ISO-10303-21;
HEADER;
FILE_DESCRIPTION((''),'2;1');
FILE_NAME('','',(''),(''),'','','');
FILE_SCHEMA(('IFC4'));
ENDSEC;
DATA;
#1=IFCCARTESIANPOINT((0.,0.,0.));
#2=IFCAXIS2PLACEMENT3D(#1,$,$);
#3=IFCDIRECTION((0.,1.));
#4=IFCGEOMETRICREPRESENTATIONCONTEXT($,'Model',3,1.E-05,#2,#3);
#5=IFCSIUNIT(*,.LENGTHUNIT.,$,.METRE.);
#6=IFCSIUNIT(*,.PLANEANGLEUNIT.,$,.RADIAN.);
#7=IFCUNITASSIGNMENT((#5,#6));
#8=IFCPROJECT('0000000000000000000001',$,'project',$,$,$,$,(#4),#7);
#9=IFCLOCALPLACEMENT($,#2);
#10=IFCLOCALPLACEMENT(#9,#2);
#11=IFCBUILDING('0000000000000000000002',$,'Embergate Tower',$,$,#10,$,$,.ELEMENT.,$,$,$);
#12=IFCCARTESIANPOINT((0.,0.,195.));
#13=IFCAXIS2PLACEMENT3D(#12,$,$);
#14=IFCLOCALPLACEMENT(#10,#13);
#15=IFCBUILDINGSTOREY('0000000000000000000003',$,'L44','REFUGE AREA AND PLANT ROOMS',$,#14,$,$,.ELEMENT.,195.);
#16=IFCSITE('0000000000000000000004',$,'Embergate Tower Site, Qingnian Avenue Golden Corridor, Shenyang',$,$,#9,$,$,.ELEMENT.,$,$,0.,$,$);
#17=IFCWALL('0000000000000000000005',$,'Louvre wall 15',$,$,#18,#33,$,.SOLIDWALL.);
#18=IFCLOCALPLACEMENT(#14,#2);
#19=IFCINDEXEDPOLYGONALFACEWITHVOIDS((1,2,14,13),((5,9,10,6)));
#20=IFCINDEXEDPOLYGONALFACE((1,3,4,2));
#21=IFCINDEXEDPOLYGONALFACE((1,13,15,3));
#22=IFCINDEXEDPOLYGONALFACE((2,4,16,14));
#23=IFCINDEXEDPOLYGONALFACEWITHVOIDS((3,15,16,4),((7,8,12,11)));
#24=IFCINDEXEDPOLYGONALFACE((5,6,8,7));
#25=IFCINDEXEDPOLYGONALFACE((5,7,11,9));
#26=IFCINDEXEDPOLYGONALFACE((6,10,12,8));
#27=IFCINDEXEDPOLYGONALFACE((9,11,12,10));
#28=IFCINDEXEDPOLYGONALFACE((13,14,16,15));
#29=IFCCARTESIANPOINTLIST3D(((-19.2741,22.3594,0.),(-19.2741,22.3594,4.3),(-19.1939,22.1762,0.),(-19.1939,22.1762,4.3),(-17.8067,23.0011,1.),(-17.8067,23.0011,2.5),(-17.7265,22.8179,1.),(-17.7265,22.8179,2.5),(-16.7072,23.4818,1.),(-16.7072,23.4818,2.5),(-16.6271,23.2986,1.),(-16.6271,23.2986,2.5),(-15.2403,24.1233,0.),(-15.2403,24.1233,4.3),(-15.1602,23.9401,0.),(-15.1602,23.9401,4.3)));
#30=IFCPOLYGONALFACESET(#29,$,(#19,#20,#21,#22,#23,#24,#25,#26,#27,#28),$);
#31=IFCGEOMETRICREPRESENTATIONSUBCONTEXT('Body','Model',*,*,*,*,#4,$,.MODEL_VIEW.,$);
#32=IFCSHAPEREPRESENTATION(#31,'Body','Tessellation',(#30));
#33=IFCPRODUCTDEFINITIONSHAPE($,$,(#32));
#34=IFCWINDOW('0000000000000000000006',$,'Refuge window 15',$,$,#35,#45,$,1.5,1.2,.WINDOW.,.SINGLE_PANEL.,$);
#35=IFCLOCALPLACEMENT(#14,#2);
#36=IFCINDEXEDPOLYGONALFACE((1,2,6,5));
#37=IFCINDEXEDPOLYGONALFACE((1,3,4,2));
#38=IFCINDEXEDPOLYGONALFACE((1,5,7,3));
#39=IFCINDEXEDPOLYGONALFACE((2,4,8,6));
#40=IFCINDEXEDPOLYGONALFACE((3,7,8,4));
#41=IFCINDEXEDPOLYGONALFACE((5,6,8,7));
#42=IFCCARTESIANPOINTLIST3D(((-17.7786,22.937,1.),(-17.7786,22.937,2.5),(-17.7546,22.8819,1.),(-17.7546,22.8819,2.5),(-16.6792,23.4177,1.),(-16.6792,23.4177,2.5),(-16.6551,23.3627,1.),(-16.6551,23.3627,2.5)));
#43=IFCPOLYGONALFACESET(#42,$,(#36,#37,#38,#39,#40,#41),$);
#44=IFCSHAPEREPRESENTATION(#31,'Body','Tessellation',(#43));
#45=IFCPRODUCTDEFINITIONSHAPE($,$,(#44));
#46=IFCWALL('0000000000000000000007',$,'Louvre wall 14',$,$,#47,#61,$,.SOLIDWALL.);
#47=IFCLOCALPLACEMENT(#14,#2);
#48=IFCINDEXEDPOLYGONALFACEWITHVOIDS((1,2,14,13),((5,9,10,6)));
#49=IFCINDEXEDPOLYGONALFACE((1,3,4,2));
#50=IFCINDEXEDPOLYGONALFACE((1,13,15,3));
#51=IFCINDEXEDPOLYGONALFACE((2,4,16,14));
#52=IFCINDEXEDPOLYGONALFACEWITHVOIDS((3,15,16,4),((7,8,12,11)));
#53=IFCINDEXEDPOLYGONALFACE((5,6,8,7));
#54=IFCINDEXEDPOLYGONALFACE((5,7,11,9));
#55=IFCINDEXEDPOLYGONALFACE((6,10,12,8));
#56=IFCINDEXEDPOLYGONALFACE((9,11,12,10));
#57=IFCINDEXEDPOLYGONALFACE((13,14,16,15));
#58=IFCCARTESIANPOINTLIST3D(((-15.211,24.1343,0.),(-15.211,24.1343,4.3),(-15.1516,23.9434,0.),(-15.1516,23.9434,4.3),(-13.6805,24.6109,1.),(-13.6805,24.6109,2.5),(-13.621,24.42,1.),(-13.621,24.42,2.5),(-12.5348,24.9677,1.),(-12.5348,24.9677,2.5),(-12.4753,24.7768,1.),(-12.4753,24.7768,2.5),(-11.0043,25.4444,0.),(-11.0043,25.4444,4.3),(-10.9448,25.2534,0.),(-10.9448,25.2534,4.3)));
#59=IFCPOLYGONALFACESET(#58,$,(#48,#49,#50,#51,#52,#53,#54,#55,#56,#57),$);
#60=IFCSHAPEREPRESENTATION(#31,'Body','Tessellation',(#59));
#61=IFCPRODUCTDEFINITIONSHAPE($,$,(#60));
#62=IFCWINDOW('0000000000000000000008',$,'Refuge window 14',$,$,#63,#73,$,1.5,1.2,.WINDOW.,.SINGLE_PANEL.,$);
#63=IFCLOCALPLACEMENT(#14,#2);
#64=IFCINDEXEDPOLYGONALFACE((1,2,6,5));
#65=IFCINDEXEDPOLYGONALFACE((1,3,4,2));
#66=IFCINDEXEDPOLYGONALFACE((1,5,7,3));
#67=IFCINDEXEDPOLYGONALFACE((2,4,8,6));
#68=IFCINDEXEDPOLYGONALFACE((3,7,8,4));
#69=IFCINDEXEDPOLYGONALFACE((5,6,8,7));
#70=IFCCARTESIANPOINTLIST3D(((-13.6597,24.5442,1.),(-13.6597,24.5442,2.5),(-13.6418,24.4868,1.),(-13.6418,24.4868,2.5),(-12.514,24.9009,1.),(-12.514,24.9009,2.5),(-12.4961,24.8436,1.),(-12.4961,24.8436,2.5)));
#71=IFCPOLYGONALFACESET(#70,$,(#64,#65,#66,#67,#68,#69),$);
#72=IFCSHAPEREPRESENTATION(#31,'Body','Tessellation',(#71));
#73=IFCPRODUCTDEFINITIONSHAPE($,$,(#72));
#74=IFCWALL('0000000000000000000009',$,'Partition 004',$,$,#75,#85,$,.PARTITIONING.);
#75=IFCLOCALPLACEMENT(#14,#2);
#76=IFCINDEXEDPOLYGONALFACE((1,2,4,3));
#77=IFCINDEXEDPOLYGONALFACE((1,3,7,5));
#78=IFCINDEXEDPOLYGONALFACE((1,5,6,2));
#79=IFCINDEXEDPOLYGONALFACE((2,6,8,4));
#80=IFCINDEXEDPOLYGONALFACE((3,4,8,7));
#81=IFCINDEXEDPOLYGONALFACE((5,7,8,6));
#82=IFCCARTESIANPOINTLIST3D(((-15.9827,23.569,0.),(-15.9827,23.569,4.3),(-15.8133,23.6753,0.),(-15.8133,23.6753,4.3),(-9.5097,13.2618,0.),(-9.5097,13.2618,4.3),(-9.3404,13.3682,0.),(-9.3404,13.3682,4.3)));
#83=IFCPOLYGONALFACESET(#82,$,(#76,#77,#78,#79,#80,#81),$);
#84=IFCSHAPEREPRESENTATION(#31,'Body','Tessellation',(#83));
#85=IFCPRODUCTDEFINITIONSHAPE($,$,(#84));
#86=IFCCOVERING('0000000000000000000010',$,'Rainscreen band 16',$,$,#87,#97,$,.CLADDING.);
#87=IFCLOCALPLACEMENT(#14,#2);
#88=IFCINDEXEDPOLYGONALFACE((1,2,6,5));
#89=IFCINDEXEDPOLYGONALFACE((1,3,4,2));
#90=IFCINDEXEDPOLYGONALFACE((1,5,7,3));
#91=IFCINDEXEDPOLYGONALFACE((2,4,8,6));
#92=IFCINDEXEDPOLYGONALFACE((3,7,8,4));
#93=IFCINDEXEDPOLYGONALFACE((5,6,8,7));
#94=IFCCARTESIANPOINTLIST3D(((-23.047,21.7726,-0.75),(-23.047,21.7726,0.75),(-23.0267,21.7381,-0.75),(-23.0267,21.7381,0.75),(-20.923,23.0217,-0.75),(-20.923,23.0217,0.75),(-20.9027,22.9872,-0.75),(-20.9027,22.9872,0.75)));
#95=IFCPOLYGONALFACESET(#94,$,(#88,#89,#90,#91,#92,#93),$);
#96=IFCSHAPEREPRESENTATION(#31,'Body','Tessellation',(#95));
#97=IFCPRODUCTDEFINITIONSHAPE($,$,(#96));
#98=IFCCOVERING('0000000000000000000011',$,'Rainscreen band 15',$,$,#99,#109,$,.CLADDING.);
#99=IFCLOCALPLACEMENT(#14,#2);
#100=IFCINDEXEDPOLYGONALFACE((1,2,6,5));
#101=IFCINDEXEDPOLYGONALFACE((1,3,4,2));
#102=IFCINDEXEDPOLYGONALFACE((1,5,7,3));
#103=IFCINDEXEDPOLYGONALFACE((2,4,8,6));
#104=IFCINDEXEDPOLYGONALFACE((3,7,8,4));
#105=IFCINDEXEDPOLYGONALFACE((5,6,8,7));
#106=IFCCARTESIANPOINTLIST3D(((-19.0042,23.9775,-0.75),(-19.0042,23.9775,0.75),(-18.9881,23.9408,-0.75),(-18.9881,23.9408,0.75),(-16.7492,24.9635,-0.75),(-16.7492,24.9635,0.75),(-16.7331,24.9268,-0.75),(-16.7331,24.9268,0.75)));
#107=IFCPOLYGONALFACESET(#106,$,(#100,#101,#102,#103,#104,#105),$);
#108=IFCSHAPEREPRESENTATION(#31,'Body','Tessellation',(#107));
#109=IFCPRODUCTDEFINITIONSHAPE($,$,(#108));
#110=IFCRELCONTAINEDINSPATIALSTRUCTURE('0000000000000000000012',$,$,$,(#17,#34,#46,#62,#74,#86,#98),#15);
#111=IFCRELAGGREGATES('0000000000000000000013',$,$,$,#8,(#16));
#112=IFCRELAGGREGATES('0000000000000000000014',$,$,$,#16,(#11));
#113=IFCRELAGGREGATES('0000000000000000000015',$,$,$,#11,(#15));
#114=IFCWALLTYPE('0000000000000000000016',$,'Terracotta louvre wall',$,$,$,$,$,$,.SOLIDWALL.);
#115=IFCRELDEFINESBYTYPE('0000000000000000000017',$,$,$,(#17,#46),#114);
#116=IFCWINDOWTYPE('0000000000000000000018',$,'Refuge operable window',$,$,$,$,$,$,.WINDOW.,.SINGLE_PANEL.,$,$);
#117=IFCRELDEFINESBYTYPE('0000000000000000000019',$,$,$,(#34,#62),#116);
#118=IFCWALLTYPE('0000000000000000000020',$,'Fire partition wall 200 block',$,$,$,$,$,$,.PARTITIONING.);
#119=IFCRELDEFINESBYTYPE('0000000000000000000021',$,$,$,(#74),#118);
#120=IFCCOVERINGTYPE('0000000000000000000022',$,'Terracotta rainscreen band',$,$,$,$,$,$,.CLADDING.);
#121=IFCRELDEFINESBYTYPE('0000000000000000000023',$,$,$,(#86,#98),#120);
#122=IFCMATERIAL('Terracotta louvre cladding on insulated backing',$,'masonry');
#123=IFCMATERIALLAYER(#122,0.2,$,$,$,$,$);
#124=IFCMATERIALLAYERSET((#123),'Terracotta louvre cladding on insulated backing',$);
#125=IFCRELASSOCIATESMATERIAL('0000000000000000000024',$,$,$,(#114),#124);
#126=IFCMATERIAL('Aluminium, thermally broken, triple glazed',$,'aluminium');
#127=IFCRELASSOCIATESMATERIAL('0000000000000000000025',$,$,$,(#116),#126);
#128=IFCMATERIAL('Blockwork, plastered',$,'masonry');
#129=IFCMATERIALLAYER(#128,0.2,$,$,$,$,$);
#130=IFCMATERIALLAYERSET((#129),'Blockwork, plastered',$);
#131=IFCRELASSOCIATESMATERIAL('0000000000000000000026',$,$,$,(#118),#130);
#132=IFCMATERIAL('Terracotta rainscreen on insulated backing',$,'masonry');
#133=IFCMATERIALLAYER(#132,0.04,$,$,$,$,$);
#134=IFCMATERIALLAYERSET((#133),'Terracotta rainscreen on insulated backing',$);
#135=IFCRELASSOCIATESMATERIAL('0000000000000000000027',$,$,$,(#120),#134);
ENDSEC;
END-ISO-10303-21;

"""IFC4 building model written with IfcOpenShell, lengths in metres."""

from ifc_helpers import new_model, si_unit, direction, frame, frame_2d, origin, origin_2d, place, context, subcontext, project, spatial, rectangle, extrude, source, transform, mapped, material, layer, layer_set, type_object, element, fill, save


model = new_model("IFC4")

# Units and contexts
model_context = context("Model", 3, precision=1e-05, world=origin(), true_north=direction((0.0, 1.0)))
body_context = subcontext(model_context, "Body", "Model", "MODEL_VIEW")
ifc_project = project(units=[si_unit("LENGTHUNIT", "METRE"), si_unit("PLANEANGLEUNIT", "RADIAN")], contexts=[model_context])

# Site, building, storey
site_placement = place(None, origin())
site = spatial("IfcSite", under=ifc_project, at=site_placement, Name="Embergate Tower Site, Qingnian Avenue Golden Corridor, Shenyang", CompositionType="ELEMENT", RefElevation=0.0)
building_placement = place(site_placement, origin())
building = spatial("IfcBuilding", under=site, at=building_placement, Name="Embergate Tower", CompositionType="ELEMENT")
storey_placement = place(building_placement, frame((0.0, 0.0, 195.0)))
storey = spatial("IfcBuildingStorey", under=building, at=storey_placement, Name="L44", Description="REFUGE AREA AND PLANT ROOMS", CompositionType="ELEMENT", Elevation=195.0)

# Walls, openings, windows
ifc_material_1 = material(Name="Terracotta louvre cladding on insulated backing", Category="masonry")
ifc_layer_1 = layer(ifc_material_1, 0.2)
ifc_layer_set_1 = layer_set([ifc_layer_1], Name="Terracotta louvre cladding on insulated backing")
wall_type_1 = type_object("IfcWallType", Name="Terracotta louvre wall", PredefinedType="SOLIDWALL", material=ifc_layer_set_1)
shared_shape_1 = source(origin(), body_context, "Body", "SweptSolid", [
    extrude(rectangle(XDim=1.2, YDim=1.5, at=frame_2d((0.6001, 0.75))), frame((0.0, 0.1099, 0.0), z_axis=(0.0, -1.0, 0.0), x_axis=(1.0, 0.0, 0.0)), (0.0, 0.0, 1.0), 0.22),
])
ifc_material_2 = material(Name="Aluminium, thermally broken, triple glazed", Category="aluminium")
window_type = type_object("IfcWindowType", Name="Refuge operable window", PartitioningType="SINGLE_PANEL", PredefinedType="WINDOW", material=ifc_material_2)
shared_shape_2 = source(origin(), body_context, "Body", "SweptSolid", [
    extrude(rectangle(XDim=1.2, YDim=1.5, at=frame_2d((0.6001, 0.75))), frame((0.0, 0.03, 0.0), z_axis=(0.0, -1.0, 0.0), x_axis=(1.0, 0.0, 0.0)), (0.0, 0.0, 1.0), 0.0601),
])
shared_shape_3 = source(origin(), body_context, "Body", "SweptSolid", [
    extrude(rectangle(XDim=4.4026, YDim=0.2, at=frame_2d((2.2012, 0.0))), origin(), (0.0, 0.0, 1.0), 4.3),
])
wall_1_placement = place(storey_placement, frame((-19.2339, 22.2678, 0.0), z_axis=(0.0, 0.0, 1.0), x_axis=(0.916226, 0.400662, 0.0)))
wall_1 = element("IfcWall", 1, at=wall_1_placement, inside=storey, type_object=wall_type_1, Name="Louvre wall 15", PredefinedType="SOLIDWALL", context=body_context, shape_type="MappedRepresentation", body=[
    mapped(shared_shape_3, transform((0.0, 0.0, 0.0))),
])
opening_1_placement = place(wall_1_placement, frame((1.6013, 0.0, 1.0)))
opening_1 = element("IfcOpeningElement", 2, at=opening_1_placement, cuts=wall_1, PredefinedType="OPENING", context=body_context, shape_type="MappedRepresentation", body=[
    mapped(shared_shape_1, transform((0.0, 0.0, 0.0))),
])
window_1_placement = place(opening_1_placement, origin())
window_1 = element("IfcWindow", 3, at=window_1_placement, inside=storey, type_object=window_type, Name="Refuge window 15", OverallHeight=1.5, OverallWidth=1.2, PartitioningType="SINGLE_PANEL", PredefinedType="WINDOW", context=body_context, shape_type="MappedRepresentation", body=[
    mapped(shared_shape_2, transform((0.0, 0.0, 0.0))),
])
fill(opening_1, window_1)
shared_shape_4 = source(origin(), body_context, "Body", "SweptSolid", [
    extrude(rectangle(XDim=4.406, YDim=0.2, at=frame_2d((2.2031, 0.0))), origin(), (0.0, 0.0, 1.0), 4.3),
])
wall_2_placement = place(storey_placement, frame((-15.1814, 24.0388, 0.0), z_axis=(0.0, 0.0, 1.0), x_axis=(0.954774, 0.297331, 0.0)))
wall_2 = element("IfcWall", 4, at=wall_2_placement, inside=storey, type_object=wall_type_1, Name="Louvre wall 14", PredefinedType="SOLIDWALL", context=body_context, shape_type="MappedRepresentation", body=[
    mapped(shared_shape_4, transform((0.0, 0.0, 0.0))),
])
opening_2_placement = place(wall_2_placement, frame((1.603, 0.0, 1.0)))
opening_2 = element("IfcOpeningElement", 5, at=opening_2_placement, cuts=wall_2, PredefinedType="OPENING", context=body_context, shape_type="MappedRepresentation", body=[
    mapped(shared_shape_1, transform((0.0, 0.0, 0.0))),
])
window_2_placement = place(opening_2_placement, origin())
window_2 = element("IfcWindow", 6, at=window_2_placement, inside=storey, type_object=window_type, Name="Refuge window 14", OverallHeight=1.5, OverallWidth=1.2, PartitioningType="SINGLE_PANEL", PredefinedType="WINDOW", context=body_context, shape_type="MappedRepresentation", body=[
    mapped(shared_shape_2, transform((0.0, 0.0, 0.0))),
])
fill(opening_2, window_2)

# Wall
ifc_material_3 = material(Name="Blockwork, plastered", Category="masonry")
ifc_layer_2 = layer(ifc_material_3, 0.2)
ifc_layer_set_2 = layer_set([ifc_layer_2], Name="Blockwork, plastered")
wall_type_2 = type_object("IfcWallType", Name="Fire partition wall 200 block", PredefinedType="PARTITIONING", material=ifc_layer_set_2)
shared_shape_5 = source(origin(), body_context, "Body", "SweptSolid", [
    extrude(rectangle(XDim=12.1711, YDim=0.2, at=frame_2d((6.0854, 0.0))), origin(), (0.0, 0.0, 1.0), 4.3),
])
wall_3_placement = place(storey_placement, frame((-15.8979, 23.6221, 0.0), z_axis=(0.0, 0.0, 1.0), x_axis=(0.531826, -0.846854, 0.0)))
element("IfcWall", 7, at=wall_3_placement, inside=storey, type_object=wall_type_2, Name="Partition 004", PredefinedType="PARTITIONING", context=body_context, shape_type="MappedRepresentation", body=[
    mapped(shared_shape_5, transform((0.0, 0.0, 0.0))),
])

# Coverings
ifc_material_4 = material(Name="Terracotta rainscreen on insulated backing", Category="masonry")
ifc_layer_3 = layer(ifc_material_4, 0.04)
ifc_layer_set_3 = layer_set([ifc_layer_3], Name="Terracotta rainscreen on insulated backing")
covering_type = type_object("IfcCoveringType", Name="Terracotta rainscreen band", PredefinedType="CLADDING", material=ifc_layer_set_3)
shared_shape_6 = source(origin(), body_context, "Body", "SweptSolid", [
    extrude(rectangle(XDim=2.4641, YDim=0.04, at=origin_2d()), origin(), (0.0, 0.0, 1.0), 1.5),
])
covering_1_placement = place(storey_placement, frame((-21.9749, 22.3799, -0.75), z_axis=(0.0, 0.0, 1.0), x_axis=(-0.862007, -0.506896, 0.0)))
element("IfcCovering", 8, at=covering_1_placement, inside=storey, type_object=covering_type, Name="Rainscreen band 16", PredefinedType="CLADDING", context=body_context, shape_type="MappedRepresentation", body=[
    mapped(shared_shape_6, transform((0.0, 0.0, 0.0))),
])
shared_shape_7 = source(origin(), body_context, "Body", "SweptSolid", [
    extrude(rectangle(XDim=2.4612, YDim=0.04, at=origin_2d()), origin(), (0.0, 0.0, 1.0), 1.5),
])
covering_2_placement = place(storey_placement, frame((-17.8687, 24.4521, -0.75), z_axis=(0.0, 0.0, 1.0), x_axis=(-0.916241, -0.400627, 0.0)))
element("IfcCovering", 9, at=covering_2_placement, inside=storey, type_object=covering_type, Name="Rainscreen band 15", PredefinedType="CLADDING", context=body_context, shape_type="MappedRepresentation", body=[
    mapped(shared_shape_7, transform((0.0, 0.0, 0.0))),
])

save(model, "model.ifc")
